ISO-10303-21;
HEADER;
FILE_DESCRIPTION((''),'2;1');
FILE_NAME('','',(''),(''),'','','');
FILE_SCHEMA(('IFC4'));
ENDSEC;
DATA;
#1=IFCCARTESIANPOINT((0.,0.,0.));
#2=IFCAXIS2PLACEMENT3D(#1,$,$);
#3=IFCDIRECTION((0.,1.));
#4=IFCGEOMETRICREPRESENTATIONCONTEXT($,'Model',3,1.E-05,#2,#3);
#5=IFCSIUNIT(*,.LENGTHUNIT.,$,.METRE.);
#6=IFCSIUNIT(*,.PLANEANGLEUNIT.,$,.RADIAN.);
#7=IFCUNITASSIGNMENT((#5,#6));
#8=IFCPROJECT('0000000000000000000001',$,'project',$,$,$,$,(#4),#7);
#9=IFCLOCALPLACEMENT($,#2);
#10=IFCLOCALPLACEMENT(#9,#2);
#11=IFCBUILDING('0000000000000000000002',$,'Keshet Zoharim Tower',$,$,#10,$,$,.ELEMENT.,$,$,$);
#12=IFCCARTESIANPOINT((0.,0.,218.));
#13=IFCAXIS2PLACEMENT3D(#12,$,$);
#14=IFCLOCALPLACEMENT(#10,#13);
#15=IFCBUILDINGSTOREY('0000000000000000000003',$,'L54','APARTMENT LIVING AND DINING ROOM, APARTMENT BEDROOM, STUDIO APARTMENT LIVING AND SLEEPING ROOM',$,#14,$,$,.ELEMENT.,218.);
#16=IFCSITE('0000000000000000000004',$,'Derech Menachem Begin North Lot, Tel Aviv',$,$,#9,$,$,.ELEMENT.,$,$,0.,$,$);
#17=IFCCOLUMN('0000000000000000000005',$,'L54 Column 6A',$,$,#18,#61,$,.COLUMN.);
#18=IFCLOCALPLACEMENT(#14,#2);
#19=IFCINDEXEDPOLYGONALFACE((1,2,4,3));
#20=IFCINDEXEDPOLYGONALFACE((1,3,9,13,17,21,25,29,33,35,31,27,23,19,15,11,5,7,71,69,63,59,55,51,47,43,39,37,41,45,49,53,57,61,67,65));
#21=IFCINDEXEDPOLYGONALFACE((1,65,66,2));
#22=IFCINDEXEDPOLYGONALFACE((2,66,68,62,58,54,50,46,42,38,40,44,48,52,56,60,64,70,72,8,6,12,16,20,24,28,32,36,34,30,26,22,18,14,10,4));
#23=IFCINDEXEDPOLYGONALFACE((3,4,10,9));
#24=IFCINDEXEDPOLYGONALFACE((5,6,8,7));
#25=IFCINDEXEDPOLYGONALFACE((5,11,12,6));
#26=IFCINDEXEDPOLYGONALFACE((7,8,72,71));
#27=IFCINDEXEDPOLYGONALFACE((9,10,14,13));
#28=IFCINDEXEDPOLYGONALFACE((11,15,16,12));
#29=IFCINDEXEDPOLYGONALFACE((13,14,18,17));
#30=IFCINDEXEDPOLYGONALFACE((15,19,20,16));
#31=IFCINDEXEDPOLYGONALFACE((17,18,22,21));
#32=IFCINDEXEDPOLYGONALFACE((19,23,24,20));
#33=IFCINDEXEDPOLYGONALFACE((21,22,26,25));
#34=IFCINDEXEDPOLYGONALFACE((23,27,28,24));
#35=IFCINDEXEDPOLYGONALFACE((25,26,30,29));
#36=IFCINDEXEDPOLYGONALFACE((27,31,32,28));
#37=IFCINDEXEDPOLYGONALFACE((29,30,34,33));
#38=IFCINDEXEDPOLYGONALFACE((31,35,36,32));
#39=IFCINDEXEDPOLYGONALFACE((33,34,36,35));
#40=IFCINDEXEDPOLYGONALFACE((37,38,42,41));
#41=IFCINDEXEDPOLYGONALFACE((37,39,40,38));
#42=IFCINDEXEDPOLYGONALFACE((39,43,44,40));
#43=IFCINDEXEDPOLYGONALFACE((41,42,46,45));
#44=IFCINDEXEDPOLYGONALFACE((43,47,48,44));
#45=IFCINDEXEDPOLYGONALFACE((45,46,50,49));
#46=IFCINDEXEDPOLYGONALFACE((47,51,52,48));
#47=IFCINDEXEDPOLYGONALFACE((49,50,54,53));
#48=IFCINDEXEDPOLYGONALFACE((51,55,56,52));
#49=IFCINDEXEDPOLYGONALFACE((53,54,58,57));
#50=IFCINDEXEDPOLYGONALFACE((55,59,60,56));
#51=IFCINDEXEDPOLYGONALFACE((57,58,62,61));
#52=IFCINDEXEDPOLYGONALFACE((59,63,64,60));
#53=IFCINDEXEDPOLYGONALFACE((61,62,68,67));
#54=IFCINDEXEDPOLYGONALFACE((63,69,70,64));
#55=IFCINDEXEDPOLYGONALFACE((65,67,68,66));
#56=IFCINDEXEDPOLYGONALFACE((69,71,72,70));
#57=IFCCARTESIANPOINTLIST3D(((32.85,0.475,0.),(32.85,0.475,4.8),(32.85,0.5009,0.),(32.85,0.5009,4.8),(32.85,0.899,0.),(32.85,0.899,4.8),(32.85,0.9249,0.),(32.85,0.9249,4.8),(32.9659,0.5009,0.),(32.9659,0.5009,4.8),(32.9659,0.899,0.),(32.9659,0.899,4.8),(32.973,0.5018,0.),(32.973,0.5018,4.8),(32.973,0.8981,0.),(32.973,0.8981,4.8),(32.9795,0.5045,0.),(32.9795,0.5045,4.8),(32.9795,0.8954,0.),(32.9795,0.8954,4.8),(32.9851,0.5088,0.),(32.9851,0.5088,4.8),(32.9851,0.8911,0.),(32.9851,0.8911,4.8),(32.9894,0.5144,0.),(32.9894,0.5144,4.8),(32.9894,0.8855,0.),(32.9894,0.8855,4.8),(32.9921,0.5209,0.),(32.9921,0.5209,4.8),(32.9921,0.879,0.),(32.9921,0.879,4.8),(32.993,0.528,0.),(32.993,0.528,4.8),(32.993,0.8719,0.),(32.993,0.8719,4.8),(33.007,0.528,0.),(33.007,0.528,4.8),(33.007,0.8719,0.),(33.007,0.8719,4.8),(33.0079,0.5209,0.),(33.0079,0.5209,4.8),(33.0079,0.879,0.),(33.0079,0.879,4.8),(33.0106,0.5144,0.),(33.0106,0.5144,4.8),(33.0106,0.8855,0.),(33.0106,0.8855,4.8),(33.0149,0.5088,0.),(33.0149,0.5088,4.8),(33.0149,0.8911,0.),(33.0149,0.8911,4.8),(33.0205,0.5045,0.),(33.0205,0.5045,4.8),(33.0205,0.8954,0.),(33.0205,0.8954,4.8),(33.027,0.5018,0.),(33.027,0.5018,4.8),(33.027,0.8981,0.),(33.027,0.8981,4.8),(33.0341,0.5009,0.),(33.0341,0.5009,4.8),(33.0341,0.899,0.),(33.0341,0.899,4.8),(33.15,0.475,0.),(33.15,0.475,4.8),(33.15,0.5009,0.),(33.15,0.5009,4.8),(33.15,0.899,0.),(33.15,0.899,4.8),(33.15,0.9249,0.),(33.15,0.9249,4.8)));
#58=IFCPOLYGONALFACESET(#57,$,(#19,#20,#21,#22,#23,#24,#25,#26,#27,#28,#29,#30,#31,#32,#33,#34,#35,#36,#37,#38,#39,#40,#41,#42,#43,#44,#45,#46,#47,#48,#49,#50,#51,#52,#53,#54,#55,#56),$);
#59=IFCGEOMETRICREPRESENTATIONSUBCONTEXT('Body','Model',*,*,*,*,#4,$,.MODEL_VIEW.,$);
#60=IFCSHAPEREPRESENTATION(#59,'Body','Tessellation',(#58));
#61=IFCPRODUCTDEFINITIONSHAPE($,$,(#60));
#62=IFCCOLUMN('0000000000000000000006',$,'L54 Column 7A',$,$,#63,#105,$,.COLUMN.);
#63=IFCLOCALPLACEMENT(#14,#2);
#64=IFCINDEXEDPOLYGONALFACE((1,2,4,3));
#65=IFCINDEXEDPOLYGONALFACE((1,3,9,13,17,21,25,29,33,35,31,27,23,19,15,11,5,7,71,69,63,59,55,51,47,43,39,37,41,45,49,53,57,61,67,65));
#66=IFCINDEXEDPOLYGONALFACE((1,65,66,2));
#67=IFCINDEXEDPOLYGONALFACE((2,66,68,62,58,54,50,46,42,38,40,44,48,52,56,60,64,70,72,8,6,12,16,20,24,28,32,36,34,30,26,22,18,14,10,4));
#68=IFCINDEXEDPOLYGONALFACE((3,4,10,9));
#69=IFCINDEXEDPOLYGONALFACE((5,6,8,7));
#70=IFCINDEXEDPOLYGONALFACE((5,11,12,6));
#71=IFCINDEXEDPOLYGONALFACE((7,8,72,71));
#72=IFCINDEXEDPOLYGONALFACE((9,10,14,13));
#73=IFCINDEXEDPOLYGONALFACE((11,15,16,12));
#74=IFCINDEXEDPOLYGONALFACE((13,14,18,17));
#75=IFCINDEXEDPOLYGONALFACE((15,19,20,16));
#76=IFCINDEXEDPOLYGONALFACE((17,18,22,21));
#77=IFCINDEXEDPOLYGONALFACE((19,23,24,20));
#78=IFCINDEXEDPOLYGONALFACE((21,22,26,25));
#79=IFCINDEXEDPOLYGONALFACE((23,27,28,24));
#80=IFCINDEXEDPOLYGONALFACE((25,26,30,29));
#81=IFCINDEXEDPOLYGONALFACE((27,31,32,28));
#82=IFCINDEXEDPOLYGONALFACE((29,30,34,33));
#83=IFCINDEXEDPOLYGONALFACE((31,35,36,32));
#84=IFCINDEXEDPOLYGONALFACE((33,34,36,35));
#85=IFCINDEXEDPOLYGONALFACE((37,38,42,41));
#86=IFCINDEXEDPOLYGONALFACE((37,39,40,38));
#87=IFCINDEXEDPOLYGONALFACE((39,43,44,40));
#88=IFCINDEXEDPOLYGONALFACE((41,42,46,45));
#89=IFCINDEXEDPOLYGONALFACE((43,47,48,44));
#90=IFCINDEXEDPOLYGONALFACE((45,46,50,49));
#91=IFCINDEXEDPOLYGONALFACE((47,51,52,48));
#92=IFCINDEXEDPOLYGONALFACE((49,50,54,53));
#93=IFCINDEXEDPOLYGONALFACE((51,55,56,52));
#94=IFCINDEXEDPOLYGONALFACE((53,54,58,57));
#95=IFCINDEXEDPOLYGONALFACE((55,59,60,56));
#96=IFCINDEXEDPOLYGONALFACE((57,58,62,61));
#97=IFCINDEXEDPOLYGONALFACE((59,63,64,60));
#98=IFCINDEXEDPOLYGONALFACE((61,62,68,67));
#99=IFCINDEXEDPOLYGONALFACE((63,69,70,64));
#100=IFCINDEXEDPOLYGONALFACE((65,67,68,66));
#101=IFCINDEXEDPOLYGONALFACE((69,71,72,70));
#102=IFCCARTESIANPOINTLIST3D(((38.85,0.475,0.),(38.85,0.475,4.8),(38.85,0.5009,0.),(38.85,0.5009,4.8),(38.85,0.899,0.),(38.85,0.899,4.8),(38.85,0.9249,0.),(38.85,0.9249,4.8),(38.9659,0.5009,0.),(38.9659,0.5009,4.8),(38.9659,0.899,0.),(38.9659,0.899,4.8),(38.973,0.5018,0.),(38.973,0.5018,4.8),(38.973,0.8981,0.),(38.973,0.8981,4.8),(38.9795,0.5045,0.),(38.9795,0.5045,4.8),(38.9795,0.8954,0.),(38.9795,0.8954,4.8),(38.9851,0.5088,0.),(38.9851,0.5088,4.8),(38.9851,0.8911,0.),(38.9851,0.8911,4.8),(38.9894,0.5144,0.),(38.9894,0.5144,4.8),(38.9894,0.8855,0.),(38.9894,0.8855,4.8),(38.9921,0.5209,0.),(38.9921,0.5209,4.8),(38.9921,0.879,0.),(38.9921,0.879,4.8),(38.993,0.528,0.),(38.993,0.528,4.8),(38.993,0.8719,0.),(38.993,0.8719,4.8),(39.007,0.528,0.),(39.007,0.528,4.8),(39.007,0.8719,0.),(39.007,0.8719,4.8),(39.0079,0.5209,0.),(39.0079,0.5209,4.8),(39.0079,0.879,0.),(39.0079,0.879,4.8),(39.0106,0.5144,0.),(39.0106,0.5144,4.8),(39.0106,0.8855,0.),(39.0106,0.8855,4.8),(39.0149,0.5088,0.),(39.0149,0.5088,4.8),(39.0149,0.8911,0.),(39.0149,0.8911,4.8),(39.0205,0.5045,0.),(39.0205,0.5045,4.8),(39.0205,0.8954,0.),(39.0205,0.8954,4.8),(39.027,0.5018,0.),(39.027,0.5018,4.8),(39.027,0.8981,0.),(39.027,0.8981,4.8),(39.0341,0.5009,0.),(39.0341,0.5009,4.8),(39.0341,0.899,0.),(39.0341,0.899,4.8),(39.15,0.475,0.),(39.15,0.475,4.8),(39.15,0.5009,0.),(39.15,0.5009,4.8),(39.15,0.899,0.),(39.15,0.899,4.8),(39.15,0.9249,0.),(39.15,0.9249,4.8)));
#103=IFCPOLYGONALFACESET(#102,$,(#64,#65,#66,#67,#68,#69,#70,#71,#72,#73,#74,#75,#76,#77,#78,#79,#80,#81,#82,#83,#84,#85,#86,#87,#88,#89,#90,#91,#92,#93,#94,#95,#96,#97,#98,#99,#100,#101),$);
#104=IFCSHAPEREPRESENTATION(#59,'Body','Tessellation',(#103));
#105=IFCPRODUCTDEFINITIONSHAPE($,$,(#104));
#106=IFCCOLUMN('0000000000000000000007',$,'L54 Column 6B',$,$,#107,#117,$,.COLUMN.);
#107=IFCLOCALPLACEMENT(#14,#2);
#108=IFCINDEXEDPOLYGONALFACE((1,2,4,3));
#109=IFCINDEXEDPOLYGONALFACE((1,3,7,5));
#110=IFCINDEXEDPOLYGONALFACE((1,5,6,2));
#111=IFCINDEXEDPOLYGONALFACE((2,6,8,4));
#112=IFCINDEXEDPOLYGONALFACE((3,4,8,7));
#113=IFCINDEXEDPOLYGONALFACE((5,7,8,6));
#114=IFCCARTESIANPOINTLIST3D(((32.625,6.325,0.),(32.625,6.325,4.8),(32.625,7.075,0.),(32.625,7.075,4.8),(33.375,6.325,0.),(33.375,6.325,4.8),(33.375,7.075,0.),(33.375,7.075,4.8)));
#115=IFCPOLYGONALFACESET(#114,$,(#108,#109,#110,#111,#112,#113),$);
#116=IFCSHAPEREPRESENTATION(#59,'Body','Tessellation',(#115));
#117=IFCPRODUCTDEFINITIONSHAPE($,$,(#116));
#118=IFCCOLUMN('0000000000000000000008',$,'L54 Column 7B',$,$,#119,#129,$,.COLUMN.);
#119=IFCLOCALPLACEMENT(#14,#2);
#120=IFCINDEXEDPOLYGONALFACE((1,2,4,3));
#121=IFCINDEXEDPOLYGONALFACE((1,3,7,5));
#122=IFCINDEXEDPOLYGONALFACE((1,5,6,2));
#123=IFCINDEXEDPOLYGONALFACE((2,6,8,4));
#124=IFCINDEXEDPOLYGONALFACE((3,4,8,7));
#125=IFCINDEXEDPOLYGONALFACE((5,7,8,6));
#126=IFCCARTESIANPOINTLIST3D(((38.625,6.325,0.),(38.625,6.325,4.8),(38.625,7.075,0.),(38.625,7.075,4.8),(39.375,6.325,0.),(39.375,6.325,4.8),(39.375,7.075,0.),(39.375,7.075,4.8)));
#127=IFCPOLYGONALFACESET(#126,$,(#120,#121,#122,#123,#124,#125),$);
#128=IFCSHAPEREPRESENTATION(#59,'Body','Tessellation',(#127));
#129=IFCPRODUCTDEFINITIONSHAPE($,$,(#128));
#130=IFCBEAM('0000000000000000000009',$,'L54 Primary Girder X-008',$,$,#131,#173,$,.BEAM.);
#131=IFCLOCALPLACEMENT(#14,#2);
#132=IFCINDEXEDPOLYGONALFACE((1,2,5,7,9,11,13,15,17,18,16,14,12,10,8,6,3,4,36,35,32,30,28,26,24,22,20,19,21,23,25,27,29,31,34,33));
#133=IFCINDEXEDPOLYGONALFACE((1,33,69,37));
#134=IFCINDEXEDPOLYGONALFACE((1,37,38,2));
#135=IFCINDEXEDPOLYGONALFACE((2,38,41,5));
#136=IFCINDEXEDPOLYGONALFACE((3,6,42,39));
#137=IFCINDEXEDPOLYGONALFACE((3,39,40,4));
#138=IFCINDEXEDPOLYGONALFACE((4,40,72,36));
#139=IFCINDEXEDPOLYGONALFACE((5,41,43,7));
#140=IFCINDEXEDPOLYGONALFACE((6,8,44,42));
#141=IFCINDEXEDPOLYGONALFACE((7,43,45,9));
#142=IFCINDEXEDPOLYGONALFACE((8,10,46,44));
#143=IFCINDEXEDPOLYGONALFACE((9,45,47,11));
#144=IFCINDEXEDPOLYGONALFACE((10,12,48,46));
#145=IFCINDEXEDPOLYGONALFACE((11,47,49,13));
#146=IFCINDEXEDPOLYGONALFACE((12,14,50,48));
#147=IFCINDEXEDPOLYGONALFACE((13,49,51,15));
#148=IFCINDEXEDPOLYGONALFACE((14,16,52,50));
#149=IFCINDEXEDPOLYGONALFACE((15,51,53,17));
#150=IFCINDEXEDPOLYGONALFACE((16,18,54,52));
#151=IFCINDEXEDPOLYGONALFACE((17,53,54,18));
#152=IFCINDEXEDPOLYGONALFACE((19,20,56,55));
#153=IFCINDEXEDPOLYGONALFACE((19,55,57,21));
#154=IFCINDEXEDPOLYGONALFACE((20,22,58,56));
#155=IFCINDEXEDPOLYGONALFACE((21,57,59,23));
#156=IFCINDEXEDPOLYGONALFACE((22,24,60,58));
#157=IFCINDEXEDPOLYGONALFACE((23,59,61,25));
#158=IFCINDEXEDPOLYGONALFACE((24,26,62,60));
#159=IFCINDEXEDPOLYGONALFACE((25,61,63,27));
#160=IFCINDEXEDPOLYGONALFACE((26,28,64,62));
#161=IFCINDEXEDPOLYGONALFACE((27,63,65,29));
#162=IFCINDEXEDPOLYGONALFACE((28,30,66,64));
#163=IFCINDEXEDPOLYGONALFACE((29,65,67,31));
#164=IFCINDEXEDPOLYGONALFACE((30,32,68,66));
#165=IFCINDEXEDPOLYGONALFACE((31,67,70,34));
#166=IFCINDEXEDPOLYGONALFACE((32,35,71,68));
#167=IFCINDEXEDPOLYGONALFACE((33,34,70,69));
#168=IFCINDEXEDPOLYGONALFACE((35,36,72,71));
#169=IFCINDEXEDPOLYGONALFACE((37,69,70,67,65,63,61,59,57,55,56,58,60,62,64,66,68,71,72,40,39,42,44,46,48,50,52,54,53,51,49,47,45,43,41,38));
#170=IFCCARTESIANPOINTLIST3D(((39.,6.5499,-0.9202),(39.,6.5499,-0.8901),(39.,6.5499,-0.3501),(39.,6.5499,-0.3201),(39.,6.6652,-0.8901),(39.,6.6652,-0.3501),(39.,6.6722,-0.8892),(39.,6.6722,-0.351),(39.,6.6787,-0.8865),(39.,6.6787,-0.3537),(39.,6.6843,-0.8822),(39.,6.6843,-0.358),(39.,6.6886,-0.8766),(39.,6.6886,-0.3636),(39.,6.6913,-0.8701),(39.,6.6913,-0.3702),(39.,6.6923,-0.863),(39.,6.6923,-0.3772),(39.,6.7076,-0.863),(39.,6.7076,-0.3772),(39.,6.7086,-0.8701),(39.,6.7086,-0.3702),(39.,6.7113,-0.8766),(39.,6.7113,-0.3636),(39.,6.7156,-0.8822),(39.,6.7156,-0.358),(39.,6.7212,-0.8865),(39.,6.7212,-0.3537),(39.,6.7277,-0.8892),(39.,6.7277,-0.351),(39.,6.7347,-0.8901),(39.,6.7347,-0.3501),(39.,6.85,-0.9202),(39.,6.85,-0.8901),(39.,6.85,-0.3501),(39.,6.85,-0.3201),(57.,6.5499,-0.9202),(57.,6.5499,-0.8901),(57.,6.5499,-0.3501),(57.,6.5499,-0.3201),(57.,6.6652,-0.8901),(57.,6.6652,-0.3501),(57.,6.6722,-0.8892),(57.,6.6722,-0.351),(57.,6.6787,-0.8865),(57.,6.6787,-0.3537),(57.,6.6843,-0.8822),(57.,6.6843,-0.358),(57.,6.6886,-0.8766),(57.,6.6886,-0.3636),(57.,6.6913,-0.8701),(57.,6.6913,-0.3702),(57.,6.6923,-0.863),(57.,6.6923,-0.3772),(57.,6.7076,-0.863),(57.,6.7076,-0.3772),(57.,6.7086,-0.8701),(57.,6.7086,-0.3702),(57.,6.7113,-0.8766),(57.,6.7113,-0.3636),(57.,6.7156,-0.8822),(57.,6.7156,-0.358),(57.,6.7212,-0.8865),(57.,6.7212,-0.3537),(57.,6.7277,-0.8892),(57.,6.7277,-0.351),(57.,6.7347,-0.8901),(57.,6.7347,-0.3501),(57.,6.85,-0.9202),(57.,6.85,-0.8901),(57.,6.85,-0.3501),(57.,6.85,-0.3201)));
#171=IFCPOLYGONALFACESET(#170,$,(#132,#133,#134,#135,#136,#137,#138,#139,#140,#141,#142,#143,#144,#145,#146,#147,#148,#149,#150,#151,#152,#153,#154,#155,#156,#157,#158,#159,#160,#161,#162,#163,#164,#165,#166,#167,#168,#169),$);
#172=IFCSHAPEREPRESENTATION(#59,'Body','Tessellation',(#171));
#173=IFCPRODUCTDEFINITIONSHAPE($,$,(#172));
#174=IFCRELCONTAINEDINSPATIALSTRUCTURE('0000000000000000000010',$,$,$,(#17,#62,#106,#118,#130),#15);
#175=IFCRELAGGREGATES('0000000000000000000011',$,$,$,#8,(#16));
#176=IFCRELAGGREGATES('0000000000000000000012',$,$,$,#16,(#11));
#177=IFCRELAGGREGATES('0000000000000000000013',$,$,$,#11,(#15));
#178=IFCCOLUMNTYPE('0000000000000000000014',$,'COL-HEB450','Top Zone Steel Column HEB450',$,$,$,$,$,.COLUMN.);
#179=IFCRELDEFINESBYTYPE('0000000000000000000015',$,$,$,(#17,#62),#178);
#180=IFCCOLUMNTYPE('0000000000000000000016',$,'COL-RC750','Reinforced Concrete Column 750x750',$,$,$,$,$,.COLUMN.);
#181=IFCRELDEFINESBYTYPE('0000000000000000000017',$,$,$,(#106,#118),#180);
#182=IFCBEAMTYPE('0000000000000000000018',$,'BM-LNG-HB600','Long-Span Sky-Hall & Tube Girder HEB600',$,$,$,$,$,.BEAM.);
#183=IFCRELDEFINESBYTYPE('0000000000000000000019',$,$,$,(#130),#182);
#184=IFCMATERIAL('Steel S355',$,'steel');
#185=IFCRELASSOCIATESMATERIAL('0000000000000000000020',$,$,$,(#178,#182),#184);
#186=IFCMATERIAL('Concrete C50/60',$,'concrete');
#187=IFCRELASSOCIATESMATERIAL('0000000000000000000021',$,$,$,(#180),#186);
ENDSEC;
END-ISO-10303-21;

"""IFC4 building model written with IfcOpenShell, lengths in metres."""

from ifc_helpers import new_model, si_unit, direction, frame, origin, origin_2d, place, context, subcontext, project, spatial, rectangle, i_section, extrude, material, material_profile, profile_set, type_object, element, save


model = new_model("IFC4")

# Units and contexts
model_context = context("Model", 3, precision=1e-05, world=origin(), true_north=direction((0.0, 1.0)))
body_context = subcontext(model_context, "Body", "Model", "MODEL_VIEW")
ifc_project = project(units=[si_unit("LENGTHUNIT", "METRE"), si_unit("PLANEANGLEUNIT", "RADIAN")], contexts=[model_context])

# Site, building, storey
site_placement = place(None, origin())
site = spatial("IfcSite", under=ifc_project, at=site_placement, Name="Derech Menachem Begin North Lot, Tel Aviv", CompositionType="ELEMENT", RefElevation=0.0)
building_placement = place(site_placement, origin())
building = spatial("IfcBuilding", under=site, at=building_placement, Name="Keshet Zoharim Tower", CompositionType="ELEMENT")
storey_placement = place(building_placement, frame((0.0, 0.0, 218.0)))
storey = spatial("IfcBuildingStorey", under=building, at=storey_placement, Name="L54", Description="APARTMENT LIVING AND DINING ROOM, APARTMENT BEDROOM, STUDIO APARTMENT LIVING AND SLEEPING ROOM", CompositionType="ELEMENT", Elevation=218.0)

# Columns
ifc_material_1 = material(Name="Steel S355", Category="steel")
ifc_material_profile_1 = material_profile(ifc_material_1, i_section(OverallWidth=0.3, OverallDepth=0.45, WebThickness=0.0139, FlangeThickness=0.0259, FilletRadius=0.0271, at=origin_2d()), Name="HEB450")
ifc_profile_set_1 = profile_set([ifc_material_profile_1], Name="Steel S355")
column_type_1 = type_object("IfcColumnType", Name="COL-HEB450", Description="Top Zone Steel Column HEB450", PredefinedType="COLUMN", material=ifc_profile_set_1)
for number, where, z_axis, x_axis, name in (
    (1, (33.0, 0.7, 0.0), (0.0, 0.0, 1.0), (1.0, 0.0, 0.0), "L54 Column 6A"),
    (2, (39.0, 0.7, 0.0), (0.0, 0.0, 1.0), (1.0, 0.0, 0.0), "L54 Column 7A"),
):
    element("IfcColumn", number, at=place(storey_placement, frame(where, z_axis=z_axis, x_axis=x_axis)), inside=storey, type_object=column_type_1, Name=name, PredefinedType="COLUMN", context=body_context, shape_type="SweptSolid", body=[
        extrude(i_section(OverallWidth=0.3, OverallDepth=0.45, WebThickness=0.0139, FlangeThickness=0.0259, FilletRadius=0.0271, at=origin_2d()), origin(), (0.0, 0.0, 1.0), 4.8),
    ])
ifc_material_2 = material(Name="Concrete C50/60", Category="concrete")
ifc_material_profile_2 = material_profile(ifc_material_2, rectangle(XDim=0.75, YDim=0.75, at=origin_2d()), Name="RC750x750")
ifc_profile_set_2 = profile_set([ifc_material_profile_2], Name="Concrete C50/60")
column_type_2 = type_object("IfcColumnType", Name="COL-RC750", Description="Reinforced Concrete Column 750x750", PredefinedType="COLUMN", material=ifc_profile_set_2)
for number, where, z_axis, x_axis, name in (
    (3, (33.0, 6.7, 0.0), (0.0, 0.0, 1.0), (1.0, 0.0, 0.0), "L54 Column 6B"),
    (4, (39.0, 6.7, 0.0), (0.0, 0.0, 1.0), (1.0, 0.0, 0.0), "L54 Column 7B"),
):
    element("IfcColumn", number, at=place(storey_placement, frame(where, z_axis=z_axis, x_axis=x_axis)), inside=storey, type_object=column_type_2, Name=name, PredefinedType="COLUMN", context=body_context, shape_type="SweptSolid", body=[
        extrude(rectangle(XDim=0.75, YDim=0.75, at=origin_2d()), origin(), (0.0, 0.0, 1.0), 4.8),
    ])

# Beam
ifc_material_profile_3 = material_profile(ifc_material_1, i_section(OverallWidth=0.3, OverallDepth=0.6001, WebThickness=0.0154, FlangeThickness=0.03, FilletRadius=0.0271, at=origin_2d()), Name="HEB600")
ifc_profile_set_3 = profile_set([ifc_material_profile_3], Name="Steel S355")
beam_type_1 = type_object("IfcBeamType", Name="BM-LNG-HB600", Description="Long-Span Sky-Hall & Tube Girder HEB600", PredefinedType="BEAM", material=ifc_profile_set_3)
beam_placement = place(storey_placement, frame((39.0, 6.7, -0.6201), z_axis=(1.0, 0.0, 0.0), x_axis=(0.0, 1.0, 0.0)))
element("IfcBeam", 5, at=beam_placement, inside=storey, type_object=beam_type_1, Name="L54 Primary Girder X-008", PredefinedType="BEAM", context=body_context, shape_type="SweptSolid", body=[
    extrude(i_section(OverallWidth=0.3, OverallDepth=0.6001, WebThickness=0.0154, FlangeThickness=0.03, FilletRadius=0.0271, at=origin_2d()), origin(), (0.0, 0.0, 1.0), 18.0),
])

save(model, "model.ifc")
